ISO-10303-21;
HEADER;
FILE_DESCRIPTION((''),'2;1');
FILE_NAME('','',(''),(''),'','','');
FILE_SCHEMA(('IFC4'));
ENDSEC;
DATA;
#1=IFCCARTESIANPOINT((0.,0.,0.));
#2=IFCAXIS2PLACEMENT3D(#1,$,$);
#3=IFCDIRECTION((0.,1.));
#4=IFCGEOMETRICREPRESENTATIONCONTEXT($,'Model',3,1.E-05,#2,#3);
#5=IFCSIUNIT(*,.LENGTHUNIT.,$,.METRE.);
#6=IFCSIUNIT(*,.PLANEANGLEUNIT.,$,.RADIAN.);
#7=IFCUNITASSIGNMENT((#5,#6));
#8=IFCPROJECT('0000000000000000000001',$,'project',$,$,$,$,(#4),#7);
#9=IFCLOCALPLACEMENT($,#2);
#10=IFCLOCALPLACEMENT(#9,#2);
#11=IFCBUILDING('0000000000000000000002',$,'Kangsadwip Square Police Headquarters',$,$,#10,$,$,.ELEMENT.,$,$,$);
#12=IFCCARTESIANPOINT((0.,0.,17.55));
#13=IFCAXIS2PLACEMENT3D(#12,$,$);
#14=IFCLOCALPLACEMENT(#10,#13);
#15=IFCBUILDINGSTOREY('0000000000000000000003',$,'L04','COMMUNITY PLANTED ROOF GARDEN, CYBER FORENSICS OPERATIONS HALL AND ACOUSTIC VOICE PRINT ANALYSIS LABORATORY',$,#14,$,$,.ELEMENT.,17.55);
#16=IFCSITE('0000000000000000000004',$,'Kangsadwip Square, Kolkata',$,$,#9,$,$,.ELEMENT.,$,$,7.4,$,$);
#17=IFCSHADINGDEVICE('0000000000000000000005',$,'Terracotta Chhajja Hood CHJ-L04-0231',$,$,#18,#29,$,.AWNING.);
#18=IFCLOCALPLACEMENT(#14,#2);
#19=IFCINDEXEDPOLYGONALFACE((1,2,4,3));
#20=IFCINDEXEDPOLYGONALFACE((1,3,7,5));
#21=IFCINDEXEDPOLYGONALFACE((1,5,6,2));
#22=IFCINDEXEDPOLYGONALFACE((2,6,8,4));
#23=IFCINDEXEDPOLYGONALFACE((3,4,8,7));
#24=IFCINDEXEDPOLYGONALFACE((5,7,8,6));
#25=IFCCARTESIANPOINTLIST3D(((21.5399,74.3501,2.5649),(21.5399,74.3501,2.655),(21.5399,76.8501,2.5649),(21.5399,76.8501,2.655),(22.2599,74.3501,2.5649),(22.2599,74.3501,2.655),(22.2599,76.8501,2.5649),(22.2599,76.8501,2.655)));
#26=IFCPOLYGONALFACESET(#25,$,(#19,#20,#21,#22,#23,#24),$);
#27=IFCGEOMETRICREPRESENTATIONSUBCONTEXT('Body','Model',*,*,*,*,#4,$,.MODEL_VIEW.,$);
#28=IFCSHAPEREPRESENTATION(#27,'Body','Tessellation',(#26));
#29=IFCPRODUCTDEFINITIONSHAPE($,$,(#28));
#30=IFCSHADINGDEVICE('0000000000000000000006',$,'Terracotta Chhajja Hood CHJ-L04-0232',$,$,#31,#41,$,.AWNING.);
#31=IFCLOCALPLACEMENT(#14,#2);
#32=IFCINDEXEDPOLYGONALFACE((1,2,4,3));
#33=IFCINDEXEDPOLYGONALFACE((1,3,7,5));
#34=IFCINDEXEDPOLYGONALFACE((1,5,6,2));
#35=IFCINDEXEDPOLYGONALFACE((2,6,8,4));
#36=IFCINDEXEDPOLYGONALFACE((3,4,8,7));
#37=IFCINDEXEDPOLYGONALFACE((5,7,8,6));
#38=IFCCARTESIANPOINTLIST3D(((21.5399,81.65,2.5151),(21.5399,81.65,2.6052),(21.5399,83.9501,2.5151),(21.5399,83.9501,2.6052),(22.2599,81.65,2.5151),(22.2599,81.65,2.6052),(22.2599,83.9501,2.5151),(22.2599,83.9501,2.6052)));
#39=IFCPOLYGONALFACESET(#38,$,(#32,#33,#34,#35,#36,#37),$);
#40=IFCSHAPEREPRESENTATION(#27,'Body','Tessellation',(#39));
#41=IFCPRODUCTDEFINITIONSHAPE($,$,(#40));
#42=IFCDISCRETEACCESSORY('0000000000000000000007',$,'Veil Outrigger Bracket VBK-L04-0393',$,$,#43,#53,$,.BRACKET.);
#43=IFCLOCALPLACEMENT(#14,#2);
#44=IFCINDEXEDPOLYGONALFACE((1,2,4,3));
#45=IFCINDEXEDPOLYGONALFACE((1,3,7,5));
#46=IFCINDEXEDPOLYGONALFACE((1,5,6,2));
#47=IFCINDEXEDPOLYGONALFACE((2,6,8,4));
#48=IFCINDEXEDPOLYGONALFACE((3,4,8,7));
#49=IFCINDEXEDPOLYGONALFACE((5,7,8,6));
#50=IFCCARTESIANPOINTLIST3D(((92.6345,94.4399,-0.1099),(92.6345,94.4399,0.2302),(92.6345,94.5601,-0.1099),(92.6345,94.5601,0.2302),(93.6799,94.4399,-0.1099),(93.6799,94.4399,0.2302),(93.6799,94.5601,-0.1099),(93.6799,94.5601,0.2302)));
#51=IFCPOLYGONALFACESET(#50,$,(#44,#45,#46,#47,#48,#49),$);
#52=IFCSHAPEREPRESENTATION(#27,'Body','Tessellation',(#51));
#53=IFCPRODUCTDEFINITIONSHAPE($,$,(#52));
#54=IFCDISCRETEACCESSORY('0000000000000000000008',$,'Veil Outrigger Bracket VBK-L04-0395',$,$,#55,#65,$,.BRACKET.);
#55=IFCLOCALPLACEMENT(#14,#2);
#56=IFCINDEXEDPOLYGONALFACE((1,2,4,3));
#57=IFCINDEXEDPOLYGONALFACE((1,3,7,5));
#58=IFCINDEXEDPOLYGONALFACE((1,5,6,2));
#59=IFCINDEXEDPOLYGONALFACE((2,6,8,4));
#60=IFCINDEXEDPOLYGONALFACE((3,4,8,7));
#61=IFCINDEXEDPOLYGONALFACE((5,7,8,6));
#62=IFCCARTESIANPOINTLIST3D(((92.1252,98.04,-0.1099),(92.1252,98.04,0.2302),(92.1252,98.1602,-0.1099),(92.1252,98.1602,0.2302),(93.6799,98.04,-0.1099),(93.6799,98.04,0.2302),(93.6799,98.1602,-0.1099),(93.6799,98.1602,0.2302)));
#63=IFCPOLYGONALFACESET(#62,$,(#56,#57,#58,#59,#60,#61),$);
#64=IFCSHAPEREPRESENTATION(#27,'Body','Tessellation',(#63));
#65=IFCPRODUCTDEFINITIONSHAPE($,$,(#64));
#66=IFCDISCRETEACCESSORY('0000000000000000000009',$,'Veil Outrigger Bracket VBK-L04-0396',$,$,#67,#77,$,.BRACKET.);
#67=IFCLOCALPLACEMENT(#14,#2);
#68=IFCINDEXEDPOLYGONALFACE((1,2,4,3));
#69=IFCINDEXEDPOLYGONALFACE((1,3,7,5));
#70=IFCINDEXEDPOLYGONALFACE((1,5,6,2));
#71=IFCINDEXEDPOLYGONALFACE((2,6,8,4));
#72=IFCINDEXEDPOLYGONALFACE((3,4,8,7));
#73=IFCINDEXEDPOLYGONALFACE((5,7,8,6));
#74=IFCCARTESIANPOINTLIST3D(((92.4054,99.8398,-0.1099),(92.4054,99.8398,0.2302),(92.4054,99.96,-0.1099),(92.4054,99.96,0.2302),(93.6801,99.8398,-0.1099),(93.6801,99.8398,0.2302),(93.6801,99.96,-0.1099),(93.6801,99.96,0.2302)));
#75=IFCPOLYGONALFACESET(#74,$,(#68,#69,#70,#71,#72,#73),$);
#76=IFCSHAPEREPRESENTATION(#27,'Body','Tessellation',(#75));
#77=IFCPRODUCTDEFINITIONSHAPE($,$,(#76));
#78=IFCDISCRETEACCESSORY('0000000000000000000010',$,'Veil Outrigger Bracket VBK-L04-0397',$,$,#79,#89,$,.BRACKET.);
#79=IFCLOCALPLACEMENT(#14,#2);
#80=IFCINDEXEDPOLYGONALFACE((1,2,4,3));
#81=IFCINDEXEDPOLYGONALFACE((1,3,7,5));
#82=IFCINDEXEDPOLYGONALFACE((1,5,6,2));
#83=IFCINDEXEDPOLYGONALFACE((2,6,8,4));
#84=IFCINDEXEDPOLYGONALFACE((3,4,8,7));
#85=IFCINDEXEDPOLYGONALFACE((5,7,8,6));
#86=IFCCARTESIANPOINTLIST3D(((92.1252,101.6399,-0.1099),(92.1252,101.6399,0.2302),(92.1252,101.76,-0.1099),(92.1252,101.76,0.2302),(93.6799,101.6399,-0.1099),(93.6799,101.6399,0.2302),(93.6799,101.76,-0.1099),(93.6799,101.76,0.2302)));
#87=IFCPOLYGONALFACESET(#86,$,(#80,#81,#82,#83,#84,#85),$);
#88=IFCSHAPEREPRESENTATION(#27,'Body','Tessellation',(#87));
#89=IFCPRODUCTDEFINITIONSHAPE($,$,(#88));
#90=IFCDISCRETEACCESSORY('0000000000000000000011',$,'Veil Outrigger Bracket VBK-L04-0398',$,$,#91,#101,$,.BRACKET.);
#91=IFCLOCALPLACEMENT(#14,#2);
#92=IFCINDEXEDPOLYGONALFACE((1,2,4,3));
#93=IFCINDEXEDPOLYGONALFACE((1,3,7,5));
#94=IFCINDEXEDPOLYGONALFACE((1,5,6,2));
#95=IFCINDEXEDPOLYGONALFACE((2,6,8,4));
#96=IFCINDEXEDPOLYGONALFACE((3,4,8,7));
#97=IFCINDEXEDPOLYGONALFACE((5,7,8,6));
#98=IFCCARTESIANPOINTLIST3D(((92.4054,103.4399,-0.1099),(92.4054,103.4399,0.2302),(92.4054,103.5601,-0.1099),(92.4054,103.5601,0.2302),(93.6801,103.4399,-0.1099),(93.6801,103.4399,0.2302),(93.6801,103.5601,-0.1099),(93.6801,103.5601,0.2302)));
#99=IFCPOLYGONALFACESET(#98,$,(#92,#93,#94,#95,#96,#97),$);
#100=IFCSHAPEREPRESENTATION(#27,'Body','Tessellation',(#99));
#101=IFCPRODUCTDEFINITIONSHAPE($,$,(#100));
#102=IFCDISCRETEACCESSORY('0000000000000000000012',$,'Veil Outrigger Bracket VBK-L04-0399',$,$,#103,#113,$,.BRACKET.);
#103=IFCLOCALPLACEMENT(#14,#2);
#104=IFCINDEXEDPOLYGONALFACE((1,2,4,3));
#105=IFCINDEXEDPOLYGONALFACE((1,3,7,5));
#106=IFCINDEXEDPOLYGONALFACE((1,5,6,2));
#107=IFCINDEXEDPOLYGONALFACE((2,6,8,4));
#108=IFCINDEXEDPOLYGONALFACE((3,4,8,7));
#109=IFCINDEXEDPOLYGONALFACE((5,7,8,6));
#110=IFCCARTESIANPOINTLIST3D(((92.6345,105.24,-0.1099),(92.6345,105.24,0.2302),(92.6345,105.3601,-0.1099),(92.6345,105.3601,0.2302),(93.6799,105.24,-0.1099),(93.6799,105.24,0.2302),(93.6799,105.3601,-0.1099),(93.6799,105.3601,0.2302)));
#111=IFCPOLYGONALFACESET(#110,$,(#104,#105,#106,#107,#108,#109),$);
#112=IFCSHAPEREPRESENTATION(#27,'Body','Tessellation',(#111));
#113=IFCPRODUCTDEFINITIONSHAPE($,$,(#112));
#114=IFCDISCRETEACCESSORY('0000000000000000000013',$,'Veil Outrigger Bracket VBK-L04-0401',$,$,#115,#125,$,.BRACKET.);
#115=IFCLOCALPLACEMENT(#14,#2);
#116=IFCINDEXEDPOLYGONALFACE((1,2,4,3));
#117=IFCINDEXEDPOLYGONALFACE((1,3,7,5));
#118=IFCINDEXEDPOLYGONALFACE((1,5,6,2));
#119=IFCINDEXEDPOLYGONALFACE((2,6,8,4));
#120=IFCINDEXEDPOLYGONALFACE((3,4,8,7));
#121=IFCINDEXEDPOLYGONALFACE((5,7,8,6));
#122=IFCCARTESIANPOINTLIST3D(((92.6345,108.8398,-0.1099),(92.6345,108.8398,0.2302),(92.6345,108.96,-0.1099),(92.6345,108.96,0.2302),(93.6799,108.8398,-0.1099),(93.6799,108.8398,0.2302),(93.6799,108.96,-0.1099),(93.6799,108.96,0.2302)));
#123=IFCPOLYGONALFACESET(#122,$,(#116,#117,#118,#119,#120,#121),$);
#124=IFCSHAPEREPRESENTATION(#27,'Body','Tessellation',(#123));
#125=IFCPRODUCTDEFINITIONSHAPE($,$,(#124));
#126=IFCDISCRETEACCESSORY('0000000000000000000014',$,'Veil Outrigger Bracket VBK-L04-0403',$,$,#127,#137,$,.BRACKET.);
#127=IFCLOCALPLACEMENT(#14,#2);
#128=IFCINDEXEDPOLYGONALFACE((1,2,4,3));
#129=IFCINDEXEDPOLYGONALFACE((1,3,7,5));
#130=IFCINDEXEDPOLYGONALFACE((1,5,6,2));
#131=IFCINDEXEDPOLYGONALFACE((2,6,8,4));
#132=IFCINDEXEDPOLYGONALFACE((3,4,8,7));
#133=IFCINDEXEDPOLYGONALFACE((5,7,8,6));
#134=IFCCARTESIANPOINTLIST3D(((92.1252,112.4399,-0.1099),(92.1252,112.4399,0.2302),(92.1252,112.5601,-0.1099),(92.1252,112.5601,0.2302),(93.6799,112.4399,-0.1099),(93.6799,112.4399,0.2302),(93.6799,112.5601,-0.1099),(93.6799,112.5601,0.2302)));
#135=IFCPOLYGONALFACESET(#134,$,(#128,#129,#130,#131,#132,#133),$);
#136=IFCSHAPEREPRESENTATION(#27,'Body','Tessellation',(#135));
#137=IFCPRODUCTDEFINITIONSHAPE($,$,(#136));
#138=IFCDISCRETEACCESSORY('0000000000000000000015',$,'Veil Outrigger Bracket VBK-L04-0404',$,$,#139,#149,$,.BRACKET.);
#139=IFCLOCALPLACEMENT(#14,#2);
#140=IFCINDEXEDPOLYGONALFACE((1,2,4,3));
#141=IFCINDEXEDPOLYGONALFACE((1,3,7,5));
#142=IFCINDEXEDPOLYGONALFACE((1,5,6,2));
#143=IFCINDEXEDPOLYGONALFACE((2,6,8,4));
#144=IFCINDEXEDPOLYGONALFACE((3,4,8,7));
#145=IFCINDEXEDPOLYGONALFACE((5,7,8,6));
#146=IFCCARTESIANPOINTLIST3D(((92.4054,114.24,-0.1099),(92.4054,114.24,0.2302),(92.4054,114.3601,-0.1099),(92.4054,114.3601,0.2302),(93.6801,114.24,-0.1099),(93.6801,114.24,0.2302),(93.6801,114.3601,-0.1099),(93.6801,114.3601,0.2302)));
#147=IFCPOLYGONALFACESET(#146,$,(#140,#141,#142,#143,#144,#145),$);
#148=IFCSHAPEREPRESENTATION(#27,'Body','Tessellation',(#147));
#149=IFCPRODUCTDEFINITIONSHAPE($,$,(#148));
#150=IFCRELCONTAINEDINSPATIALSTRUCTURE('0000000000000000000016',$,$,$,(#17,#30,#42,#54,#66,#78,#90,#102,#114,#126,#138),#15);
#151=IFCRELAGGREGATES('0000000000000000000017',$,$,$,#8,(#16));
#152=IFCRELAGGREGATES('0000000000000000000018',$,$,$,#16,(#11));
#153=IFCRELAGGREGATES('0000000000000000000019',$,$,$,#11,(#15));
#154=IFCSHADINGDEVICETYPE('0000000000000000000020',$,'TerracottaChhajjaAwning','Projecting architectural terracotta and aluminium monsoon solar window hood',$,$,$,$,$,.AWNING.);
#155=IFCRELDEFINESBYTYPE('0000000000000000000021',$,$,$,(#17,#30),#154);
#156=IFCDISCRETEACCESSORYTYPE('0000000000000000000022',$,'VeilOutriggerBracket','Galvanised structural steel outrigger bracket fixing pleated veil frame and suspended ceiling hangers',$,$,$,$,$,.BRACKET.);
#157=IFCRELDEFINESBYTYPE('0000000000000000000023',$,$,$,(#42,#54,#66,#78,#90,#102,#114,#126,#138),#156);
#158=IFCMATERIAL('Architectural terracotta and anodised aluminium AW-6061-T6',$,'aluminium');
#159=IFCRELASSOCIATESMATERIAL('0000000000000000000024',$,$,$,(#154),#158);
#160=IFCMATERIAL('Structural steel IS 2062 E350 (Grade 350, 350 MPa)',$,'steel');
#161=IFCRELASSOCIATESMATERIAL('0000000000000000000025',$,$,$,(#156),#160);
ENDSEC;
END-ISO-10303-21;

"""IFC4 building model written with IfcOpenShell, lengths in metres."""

from ifc_helpers import new_model, si_unit, direction, frame, origin, origin_2d, place, context, subcontext, project, spatial, rectangle, extrude, material, type_object, element, save


model = new_model("IFC4")

# Units and contexts
model_context = context("Model", 3, precision=1e-05, world=origin(), true_north=direction((0.0, 1.0)))
body_context = subcontext(model_context, "Body", "Model", "MODEL_VIEW")
ifc_project = project(units=[si_unit("LENGTHUNIT", "METRE"), si_unit("PLANEANGLEUNIT", "RADIAN")], contexts=[model_context])

# Site, building, storey
site_placement = place(None, origin())
site = spatial("IfcSite", under=ifc_project, at=site_placement, Name="Kangsadwip Square, Kolkata", CompositionType="ELEMENT", RefElevation=7.4)
building_placement = place(site_placement, origin())
building = spatial("IfcBuilding", under=site, at=building_placement, Name="Kangsadwip Square Police Headquarters", CompositionType="ELEMENT")
storey_placement = place(building_placement, frame((0.0, 0.0, 17.55)))
storey = spatial("IfcBuildingStorey", under=building, at=storey_placement, Name="L04", Description="COMMUNITY PLANTED ROOF GARDEN, CYBER FORENSICS OPERATIONS HALL AND ACOUSTIC VOICE PRINT ANALYSIS LABORATORY", CompositionType="ELEMENT", Elevation=17.55)

# Shading devices
ifc_material_1 = material(Name="Architectural terracotta and anodised aluminium AW-6061-T6", Category="aluminium")
shading_device_type = type_object("IfcShadingDeviceType", Name="TerracottaChhajjaAwning", Description="Projecting architectural terracotta and aluminium monsoon solar window hood", PredefinedType="AWNING", material=ifc_material_1)
shading_device_1_placement = place(storey_placement, frame((21.8999, 75.6001, 2.5649), z_axis=(0.0, 0.0, 1.0), x_axis=(0.0, 1.0, 0.0)))
element("IfcShadingDevice", 1, at=shading_device_1_placement, inside=storey, type_object=shading_device_type, Name="Terracotta Chhajja Hood CHJ-L04-0231", PredefinedType="AWNING", context=body_context, shape_type="SweptSolid", body=[
    extrude(rectangle(XDim=2.5, YDim=0.72, at=origin_2d()), origin(), (0.0, 0.0, 1.0), 0.0901),
])
shading_device_2_placement = place(storey_placement, frame((21.8999, 82.8, 2.5151), z_axis=(0.0, 0.0, 1.0), x_axis=(0.0, 1.0, 0.0)))
element("IfcShadingDevice", 2, at=shading_device_2_placement, inside=storey, type_object=shading_device_type, Name="Terracotta Chhajja Hood CHJ-L04-0232", PredefinedType="AWNING", context=body_context, shape_type="SweptSolid", body=[
    extrude(rectangle(XDim=2.3, YDim=0.72, at=origin_2d()), origin(), (0.0, 0.0, 1.0), 0.0901),
])

# Discrete accessories
ifc_material_2 = material(Name="Structural steel IS 2062 E350 (Grade 350, 350 MPa)", Category="steel")
discrete_accessory_type = type_object("IfcDiscreteAccessoryType", Name="VeilOutriggerBracket", Description="Galvanised structural steel outrigger bracket fixing pleated veil frame and suspended ceiling hangers", PredefinedType="BRACKET", material=ifc_material_2)
discrete_accessory_1_placement = place(storey_placement, frame((93.1572, 94.5, -0.1099), z_axis=(0.0, 0.0, 1.0), x_axis=(1.0, 0.0, 0.0)))
element("IfcDiscreteAccessory", 3, at=discrete_accessory_1_placement, inside=storey, type_object=discrete_accessory_type, Name="Veil Outrigger Bracket VBK-L04-0393", PredefinedType="BRACKET", context=body_context, shape_type="SweptSolid", body=[
    extrude(rectangle(XDim=1.0454, YDim=0.1201, at=origin_2d()), origin(), (0.0, 0.0, 1.0), 0.3401),
])
discrete_accessory_2_placement = place(storey_placement, frame((92.9026, 98.1001, -0.1099), z_axis=(0.0, 0.0, 1.0), x_axis=(1.0, 0.0, 0.0)))
element("IfcDiscreteAccessory", 4, at=discrete_accessory_2_placement, inside=storey, type_object=discrete_accessory_type, Name="Veil Outrigger Bracket VBK-L04-0395", PredefinedType="BRACKET", context=body_context, shape_type="SweptSolid", body=[
    extrude(rectangle(XDim=1.5547, YDim=0.1201, at=origin_2d()), origin(), (0.0, 0.0, 1.0), 0.3401),
])
discrete_accessory_3_placement = place(storey_placement, frame((93.0427, 99.8999, -0.1099), z_axis=(0.0, 0.0, 1.0), x_axis=(1.0, 0.0, 0.0)))
element("IfcDiscreteAccessory", 5, at=discrete_accessory_3_placement, inside=storey, type_object=discrete_accessory_type, Name="Veil Outrigger Bracket VBK-L04-0396", PredefinedType="BRACKET", context=body_context, shape_type="SweptSolid", body=[
    extrude(rectangle(XDim=1.2747, YDim=0.1201, at=origin_2d()), origin(), (0.0, 0.0, 1.0), 0.3401),
])
discrete_accessory_4_placement = place(storey_placement, frame((92.9026, 101.7, -0.1099), z_axis=(0.0, 0.0, 1.0), x_axis=(1.0, 0.0, 0.0)))
element("IfcDiscreteAccessory", 6, at=discrete_accessory_4_placement, inside=storey, type_object=discrete_accessory_type, Name="Veil Outrigger Bracket VBK-L04-0397", PredefinedType="BRACKET", context=body_context, shape_type="SweptSolid", body=[
    extrude(rectangle(XDim=1.5547, YDim=0.1201, at=origin_2d()), origin(), (0.0, 0.0, 1.0), 0.3401),
])
discrete_accessory_5_placement = place(storey_placement, frame((93.0427, 103.5, -0.1099), z_axis=(0.0, 0.0, 1.0), x_axis=(1.0, 0.0, 0.0)))
element("IfcDiscreteAccessory", 7, at=discrete_accessory_5_placement, inside=storey, type_object=discrete_accessory_type, Name="Veil Outrigger Bracket VBK-L04-0398", PredefinedType="BRACKET", context=body_context, shape_type="SweptSolid", body=[
    extrude(rectangle(XDim=1.2747, YDim=0.1201, at=origin_2d()), origin(), (0.0, 0.0, 1.0), 0.3401),
])
for number, where, z_axis, x_axis, name in (
    (8, (93.1572, 105.3, -0.1099), (0.0, 0.0, 1.0), (1.0, 0.0, 0.0), "Veil Outrigger Bracket VBK-L04-0399"),
    (9, (93.1572, 108.8999, -0.1099), (0.0, 0.0, 1.0), (1.0, 0.0, 0.0), "Veil Outrigger Bracket VBK-L04-0401"),
):
    element("IfcDiscreteAccessory", number, at=place(storey_placement, frame(where, z_axis=z_axis, x_axis=x_axis)), inside=storey, type_object=discrete_accessory_type, Name=name, PredefinedType="BRACKET", context=body_context, shape_type="SweptSolid", body=[
        extrude(rectangle(XDim=1.0454, YDim=0.1201, at=origin_2d()), origin(), (0.0, 0.0, 1.0), 0.3401),
    ])
discrete_accessory_6_placement = place(storey_placement, frame((92.9026, 112.5, -0.1099), z_axis=(0.0, 0.0, 1.0), x_axis=(1.0, 0.0, 0.0)))
element("IfcDiscreteAccessory", 10, at=discrete_accessory_6_placement, inside=storey, type_object=discrete_accessory_type, Name="Veil Outrigger Bracket VBK-L04-0403", PredefinedType="BRACKET", context=body_context, shape_type="SweptSolid", body=[
    extrude(rectangle(XDim=1.5547, YDim=0.1201, at=origin_2d()), origin(), (0.0, 0.0, 1.0), 0.3401),
])
discrete_accessory_7_placement = place(storey_placement, frame((93.0427, 114.3, -0.1099), z_axis=(0.0, 0.0, 1.0), x_axis=(1.0, 0.0, 0.0)))
element("IfcDiscreteAccessory", 11, at=discrete_accessory_7_placement, inside=storey, type_object=discrete_accessory_type, Name="Veil Outrigger Bracket VBK-L04-0404", PredefinedType="BRACKET", context=body_context, shape_type="SweptSolid", body=[
    extrude(rectangle(XDim=1.2747, YDim=0.1201, at=origin_2d()), origin(), (0.0, 0.0, 1.0), 0.3401),
])

save(model, "model.ifc")
